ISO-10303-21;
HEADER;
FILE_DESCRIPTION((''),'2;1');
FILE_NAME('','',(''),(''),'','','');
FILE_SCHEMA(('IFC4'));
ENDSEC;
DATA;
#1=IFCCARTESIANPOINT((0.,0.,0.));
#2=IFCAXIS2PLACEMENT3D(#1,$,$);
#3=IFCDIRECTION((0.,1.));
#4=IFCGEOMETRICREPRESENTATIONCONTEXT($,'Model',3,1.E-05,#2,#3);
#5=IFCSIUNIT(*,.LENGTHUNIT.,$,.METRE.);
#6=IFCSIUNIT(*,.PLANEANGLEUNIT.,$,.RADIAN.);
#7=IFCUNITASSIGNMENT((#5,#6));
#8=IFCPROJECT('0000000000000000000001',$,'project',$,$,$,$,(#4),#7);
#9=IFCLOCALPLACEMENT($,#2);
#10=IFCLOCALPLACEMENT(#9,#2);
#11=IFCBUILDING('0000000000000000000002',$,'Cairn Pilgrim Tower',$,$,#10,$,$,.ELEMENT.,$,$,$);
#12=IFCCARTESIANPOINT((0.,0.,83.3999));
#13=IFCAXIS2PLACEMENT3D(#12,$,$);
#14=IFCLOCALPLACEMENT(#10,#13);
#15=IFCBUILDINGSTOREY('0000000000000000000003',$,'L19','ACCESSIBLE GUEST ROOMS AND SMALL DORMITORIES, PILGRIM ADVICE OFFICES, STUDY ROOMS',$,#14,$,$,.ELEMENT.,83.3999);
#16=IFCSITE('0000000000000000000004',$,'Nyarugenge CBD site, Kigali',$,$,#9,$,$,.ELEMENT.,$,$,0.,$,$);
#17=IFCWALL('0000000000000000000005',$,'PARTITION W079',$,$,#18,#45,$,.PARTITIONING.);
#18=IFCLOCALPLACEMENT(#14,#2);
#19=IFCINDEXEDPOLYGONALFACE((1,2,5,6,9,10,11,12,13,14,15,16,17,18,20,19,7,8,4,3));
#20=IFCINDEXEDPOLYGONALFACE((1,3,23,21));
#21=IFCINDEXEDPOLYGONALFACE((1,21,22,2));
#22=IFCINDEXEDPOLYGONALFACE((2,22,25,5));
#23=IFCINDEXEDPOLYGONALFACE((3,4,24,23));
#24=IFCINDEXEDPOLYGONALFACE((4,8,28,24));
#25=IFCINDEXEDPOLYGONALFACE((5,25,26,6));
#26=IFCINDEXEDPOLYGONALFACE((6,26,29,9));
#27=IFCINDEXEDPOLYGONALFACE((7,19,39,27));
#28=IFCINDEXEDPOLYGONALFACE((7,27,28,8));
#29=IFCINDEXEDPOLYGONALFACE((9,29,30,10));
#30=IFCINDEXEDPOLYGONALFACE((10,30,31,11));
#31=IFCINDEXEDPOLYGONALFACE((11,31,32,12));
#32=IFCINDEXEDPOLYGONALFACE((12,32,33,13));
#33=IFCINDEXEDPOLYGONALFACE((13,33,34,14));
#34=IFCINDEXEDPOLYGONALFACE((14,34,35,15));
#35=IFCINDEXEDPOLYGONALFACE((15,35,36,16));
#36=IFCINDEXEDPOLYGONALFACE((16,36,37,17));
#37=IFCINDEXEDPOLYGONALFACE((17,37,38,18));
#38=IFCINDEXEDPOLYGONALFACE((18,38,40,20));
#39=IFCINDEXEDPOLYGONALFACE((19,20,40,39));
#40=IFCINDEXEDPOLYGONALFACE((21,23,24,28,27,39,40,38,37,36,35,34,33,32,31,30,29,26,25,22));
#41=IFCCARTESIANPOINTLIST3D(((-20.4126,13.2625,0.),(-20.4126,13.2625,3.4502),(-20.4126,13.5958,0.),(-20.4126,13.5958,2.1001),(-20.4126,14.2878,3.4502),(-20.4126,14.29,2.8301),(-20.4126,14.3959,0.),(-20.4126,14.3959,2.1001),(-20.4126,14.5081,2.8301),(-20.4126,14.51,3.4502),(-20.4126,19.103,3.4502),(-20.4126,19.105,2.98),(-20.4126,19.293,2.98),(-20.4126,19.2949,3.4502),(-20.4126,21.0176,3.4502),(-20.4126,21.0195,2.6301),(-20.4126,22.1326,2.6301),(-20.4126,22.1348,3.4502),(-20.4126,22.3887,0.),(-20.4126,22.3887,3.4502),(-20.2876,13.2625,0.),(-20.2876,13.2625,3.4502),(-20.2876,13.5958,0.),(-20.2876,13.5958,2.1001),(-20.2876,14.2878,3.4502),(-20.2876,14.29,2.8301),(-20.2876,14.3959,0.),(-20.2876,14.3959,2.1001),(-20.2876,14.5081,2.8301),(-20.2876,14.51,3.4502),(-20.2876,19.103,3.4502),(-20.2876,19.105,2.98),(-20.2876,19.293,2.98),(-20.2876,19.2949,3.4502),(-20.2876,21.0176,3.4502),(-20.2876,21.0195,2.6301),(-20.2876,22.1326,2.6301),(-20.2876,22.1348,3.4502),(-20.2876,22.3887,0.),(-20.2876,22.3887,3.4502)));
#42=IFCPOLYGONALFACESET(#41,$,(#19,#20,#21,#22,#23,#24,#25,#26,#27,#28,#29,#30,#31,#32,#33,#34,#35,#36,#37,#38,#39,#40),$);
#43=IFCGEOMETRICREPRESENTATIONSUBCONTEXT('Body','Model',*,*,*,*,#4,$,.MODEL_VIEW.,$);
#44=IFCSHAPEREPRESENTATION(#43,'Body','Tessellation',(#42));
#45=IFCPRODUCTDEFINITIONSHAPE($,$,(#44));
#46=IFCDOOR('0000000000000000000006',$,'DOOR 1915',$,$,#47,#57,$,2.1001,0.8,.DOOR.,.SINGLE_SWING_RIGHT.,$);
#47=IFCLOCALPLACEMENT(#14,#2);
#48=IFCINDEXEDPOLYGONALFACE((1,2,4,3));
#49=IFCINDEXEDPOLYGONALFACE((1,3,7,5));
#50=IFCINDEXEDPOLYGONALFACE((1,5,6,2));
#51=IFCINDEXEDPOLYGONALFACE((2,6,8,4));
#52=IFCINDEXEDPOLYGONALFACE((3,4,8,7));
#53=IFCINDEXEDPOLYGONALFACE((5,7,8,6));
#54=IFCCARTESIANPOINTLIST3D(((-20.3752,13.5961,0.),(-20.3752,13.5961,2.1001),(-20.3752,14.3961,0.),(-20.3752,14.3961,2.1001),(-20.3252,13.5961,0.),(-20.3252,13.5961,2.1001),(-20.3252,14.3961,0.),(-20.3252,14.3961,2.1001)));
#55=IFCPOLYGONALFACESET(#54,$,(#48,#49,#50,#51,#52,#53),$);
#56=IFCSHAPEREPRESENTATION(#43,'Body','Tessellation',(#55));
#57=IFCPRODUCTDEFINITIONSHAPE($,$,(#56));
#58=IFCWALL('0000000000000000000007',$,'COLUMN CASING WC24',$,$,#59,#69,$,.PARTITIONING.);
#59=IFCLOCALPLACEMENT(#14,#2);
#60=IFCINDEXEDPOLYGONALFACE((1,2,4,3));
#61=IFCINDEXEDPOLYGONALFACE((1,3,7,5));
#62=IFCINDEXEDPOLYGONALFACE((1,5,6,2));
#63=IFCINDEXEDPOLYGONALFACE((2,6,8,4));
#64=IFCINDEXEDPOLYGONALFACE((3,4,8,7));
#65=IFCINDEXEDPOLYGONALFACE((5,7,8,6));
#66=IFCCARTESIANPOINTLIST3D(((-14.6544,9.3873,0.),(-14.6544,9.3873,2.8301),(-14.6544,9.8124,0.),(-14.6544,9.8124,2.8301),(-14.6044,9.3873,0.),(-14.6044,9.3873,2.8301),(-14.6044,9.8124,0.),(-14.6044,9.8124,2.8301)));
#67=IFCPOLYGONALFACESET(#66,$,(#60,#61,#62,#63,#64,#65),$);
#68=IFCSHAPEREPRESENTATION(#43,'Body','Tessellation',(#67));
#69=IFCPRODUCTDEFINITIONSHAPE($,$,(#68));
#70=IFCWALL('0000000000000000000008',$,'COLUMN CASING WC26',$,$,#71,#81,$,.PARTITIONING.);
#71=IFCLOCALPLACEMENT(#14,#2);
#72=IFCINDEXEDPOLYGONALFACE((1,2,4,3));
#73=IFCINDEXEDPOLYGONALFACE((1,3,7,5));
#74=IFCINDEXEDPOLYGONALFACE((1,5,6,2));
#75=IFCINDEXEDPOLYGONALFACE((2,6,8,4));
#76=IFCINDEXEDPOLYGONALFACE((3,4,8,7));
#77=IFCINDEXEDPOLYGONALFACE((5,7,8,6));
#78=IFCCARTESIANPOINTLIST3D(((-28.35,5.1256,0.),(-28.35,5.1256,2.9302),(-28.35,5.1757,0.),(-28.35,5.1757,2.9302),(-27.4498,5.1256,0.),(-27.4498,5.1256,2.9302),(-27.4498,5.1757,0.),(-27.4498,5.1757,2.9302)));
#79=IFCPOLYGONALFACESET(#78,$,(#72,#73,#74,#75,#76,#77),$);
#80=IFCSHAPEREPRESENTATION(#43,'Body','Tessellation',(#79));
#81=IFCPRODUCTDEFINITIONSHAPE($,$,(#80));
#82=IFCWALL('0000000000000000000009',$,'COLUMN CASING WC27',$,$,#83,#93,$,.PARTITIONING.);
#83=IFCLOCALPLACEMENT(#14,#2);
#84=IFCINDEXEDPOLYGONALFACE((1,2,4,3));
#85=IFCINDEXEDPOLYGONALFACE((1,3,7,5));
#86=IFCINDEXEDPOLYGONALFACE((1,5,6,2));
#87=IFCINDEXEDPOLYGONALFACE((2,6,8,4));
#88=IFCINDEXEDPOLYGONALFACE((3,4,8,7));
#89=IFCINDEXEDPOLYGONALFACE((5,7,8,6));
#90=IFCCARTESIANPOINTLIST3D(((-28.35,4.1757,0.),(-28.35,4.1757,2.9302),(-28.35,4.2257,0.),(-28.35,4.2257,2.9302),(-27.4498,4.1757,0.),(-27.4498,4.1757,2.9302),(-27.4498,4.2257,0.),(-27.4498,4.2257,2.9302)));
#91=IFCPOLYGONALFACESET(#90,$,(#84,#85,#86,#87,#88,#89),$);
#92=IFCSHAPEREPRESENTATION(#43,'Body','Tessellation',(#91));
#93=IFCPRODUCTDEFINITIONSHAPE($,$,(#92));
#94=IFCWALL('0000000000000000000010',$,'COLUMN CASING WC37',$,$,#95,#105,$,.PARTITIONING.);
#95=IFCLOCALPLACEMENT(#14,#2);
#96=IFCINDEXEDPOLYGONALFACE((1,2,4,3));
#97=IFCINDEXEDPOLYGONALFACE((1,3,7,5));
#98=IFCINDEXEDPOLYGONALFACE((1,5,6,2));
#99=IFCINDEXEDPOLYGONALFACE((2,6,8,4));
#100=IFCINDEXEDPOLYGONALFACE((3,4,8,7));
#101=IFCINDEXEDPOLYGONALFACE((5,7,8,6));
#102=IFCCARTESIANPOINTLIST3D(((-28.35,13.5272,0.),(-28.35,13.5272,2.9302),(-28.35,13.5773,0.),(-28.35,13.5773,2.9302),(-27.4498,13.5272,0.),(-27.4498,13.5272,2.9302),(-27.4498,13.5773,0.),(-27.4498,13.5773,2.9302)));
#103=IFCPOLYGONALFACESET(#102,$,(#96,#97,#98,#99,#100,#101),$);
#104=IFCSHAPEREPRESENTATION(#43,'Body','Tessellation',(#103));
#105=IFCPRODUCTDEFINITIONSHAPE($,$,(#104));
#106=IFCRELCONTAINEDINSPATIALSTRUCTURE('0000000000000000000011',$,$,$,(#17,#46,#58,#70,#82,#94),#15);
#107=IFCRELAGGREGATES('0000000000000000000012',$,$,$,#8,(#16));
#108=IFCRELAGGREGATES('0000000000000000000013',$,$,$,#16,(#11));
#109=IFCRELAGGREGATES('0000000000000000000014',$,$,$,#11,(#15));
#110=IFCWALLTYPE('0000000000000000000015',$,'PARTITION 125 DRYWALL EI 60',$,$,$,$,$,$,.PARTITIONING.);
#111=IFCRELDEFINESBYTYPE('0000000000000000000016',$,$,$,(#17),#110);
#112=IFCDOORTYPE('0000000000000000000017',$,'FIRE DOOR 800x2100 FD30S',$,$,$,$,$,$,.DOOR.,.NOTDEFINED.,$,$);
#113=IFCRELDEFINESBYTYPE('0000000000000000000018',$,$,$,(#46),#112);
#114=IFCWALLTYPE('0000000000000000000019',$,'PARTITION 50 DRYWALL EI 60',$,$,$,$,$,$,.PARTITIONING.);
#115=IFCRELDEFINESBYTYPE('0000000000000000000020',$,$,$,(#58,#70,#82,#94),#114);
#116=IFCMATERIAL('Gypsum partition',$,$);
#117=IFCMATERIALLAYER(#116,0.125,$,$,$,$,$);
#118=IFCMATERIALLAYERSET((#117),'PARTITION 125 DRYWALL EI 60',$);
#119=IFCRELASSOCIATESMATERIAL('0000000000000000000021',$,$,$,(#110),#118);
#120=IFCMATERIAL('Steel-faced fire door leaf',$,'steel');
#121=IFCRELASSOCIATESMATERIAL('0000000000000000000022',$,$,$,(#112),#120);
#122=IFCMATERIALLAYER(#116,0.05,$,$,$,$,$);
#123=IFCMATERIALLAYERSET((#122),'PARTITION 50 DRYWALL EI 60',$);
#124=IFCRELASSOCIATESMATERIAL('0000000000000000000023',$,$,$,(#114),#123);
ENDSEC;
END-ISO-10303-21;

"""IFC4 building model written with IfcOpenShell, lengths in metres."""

from ifc_helpers import new_model, si_unit, direction, frame, frame_2d, origin, place, context, subcontext, project, spatial, polyline, rectangle, outline, extrude, material, layer, layer_set, type_object, element, fill, save


model = new_model("IFC4")

# Units and contexts
model_context = context("Model", 3, precision=1e-05, world=origin(), true_north=direction((0.0, 1.0)))
body_context = subcontext(model_context, "Body", "Model", "MODEL_VIEW")
ifc_project = project(units=[si_unit("LENGTHUNIT", "METRE"), si_unit("PLANEANGLEUNIT", "RADIAN")], contexts=[model_context])

# Site, building, storey
site_placement = place(None, origin())
site = spatial("IfcSite", under=ifc_project, at=site_placement, Name="Nyarugenge CBD site, Kigali", CompositionType="ELEMENT", RefElevation=0.0)
building_placement = place(site_placement, origin())
building = spatial("IfcBuilding", under=site, at=building_placement, Name="Cairn Pilgrim Tower", CompositionType="ELEMENT")
storey_placement = place(building_placement, frame((0.0, 0.0, 83.3999)))
storey = spatial("IfcBuildingStorey", under=building, at=storey_placement, Name="L19", Description="ACCESSIBLE GUEST ROOMS AND SMALL DORMITORIES, PILGRIM ADVICE OFFICES, STUDY ROOMS", CompositionType="ELEMENT", Elevation=83.3999)

# Shared definitions
ifc_material_1 = material(Name="Gypsum partition")
ifc_layer_1 = layer(ifc_material_1, 0.125)
ifc_layer_set_1 = layer_set([ifc_layer_1], Name="PARTITION 125 DRYWALL EI 60")
wall_type_1 = type_object("IfcWallType", Name="PARTITION 125 DRYWALL EI 60", PredefinedType="PARTITIONING", material=ifc_layer_set_1)

# Shared definitions
ifc_material_2 = material(Name="Steel-faced fire door leaf", Category="steel")
door_type_1 = type_object("IfcDoorType", Name="FIRE DOOR 800x2100 FD30S", OperationType="NOTDEFINED", PredefinedType="DOOR", material=ifc_material_2)

# Wall, opening, door
wall_1_placement = place(storey_placement, frame((-20.3501, 13.2625, 0.0), z_axis=(0.0, 0.0, 1.0), x_axis=(0.0, 1.0, 0.0)))
wall_1 = element("IfcWall", 1, at=wall_1_placement, inside=storey, type_object=wall_type_1, Name="PARTITION W079", PredefinedType="PARTITIONING", context=body_context, shape_type="SweptSolid", body=[
    extrude(outline(polyline([(0.0, 0.0), (9.1262, 0.0), (9.1262, 3.4502), (8.8723, 3.4502), (8.8701, 2.6301), (7.7571, 2.6301), (7.7551, 3.4502), (6.0325, 3.4502), (6.0305, 2.98), (5.8425, 2.98), (5.8406, 3.4502), (1.2476, 3.4502), (1.2456, 2.8301), (1.0276, 2.8301), (1.0254, 3.4502), (0.0, 3.4502), (0.0, 0.0)])), frame((0.0, 0.0625, 0.0), z_axis=(0.0, -1.0, 0.0), x_axis=(1.0, 0.0, 0.0)), (0.0, 0.0, 1.0), 0.125),
])
opening_1_placement = place(wall_1_placement, frame((0.3335, 0.0, 0.0)))
opening_1 = element("IfcOpeningElement", 2, at=opening_1_placement, cuts=wall_1, PredefinedType="OPENING", context=body_context, shape_type="SweptSolid", body=[
    extrude(rectangle(XDim=0.8, YDim=2.1001, at=frame_2d((0.3999, 1.05))), frame((0.0, 0.0725, 0.0), z_axis=(0.0, -1.0, 0.0), x_axis=(1.0, 0.0, 0.0)), (0.0, 0.0, 1.0), 0.145),
])
door_1_placement = place(opening_1_placement, frame((0.8, 0.0, 0.0), z_axis=(0.0, 0.0, 1.0), x_axis=(-1.0, 0.0, 0.0)))
door_1 = element("IfcDoor", 3, at=door_1_placement, inside=storey, type_object=door_type_1, Name="DOOR 1915", OperationType="SINGLE_SWING_RIGHT", OverallHeight=2.1001, OverallWidth=0.8, PredefinedType="DOOR", context=body_context, shape_type="SweptSolid", body=[
    extrude(rectangle(XDim=0.8, YDim=2.1001, at=frame_2d((0.3999, 1.05))), frame((0.0, 0.0249, 0.0), z_axis=(0.0, -1.0, 0.0), x_axis=(1.0, 0.0, 0.0)), (0.0, 0.0, 1.0), 0.05),
])
fill(opening_1, door_1)

# Walls
ifc_layer_2 = layer(ifc_material_1, 0.05)
ifc_layer_set_2 = layer_set([ifc_layer_2], Name="PARTITION 50 DRYWALL EI 60")
wall_type_2 = type_object("IfcWallType", Name="PARTITION 50 DRYWALL EI 60", PredefinedType="PARTITIONING", material=ifc_layer_set_2)
wall_2_placement = place(storey_placement, frame((-14.6294, 9.3875, 0.0), z_axis=(0.0, 0.0, 1.0), x_axis=(0.0, 1.0, 0.0)))
element("IfcWall", 4, at=wall_2_placement, inside=storey, type_object=wall_type_2, Name="COLUMN CASING WC24", PredefinedType="PARTITIONING", context=body_context, shape_type="SweptSolid", body=[
    extrude(rectangle(XDim=0.425, YDim=0.05, at=frame_2d((0.2124, 0.0))), origin(), (0.0, 0.0, 1.0), 2.8301),
])
for number, where, z_axis, x_axis, name in (
    (5, (-28.3501, 5.1506, 0.0), (0.0, 0.0, 1.0), (1.0, 0.0, 0.0), "COLUMN CASING WC26"),
    (6, (-28.3501, 4.2007, 0.0), (0.0, 0.0, 1.0), (1.0, 0.0, 0.0), "COLUMN CASING WC27"),
    (7, (-28.3501, 13.5522, 0.0), (0.0, 0.0, 1.0), (1.0, 0.0, 0.0), "COLUMN CASING WC37"),
):
    element("IfcWall", number, at=place(storey_placement, frame(where, z_axis=z_axis, x_axis=x_axis)), inside=storey, type_object=wall_type_2, Name=name, PredefinedType="PARTITIONING", context=body_context, shape_type="SweptSolid", body=[
        extrude(rectangle(XDim=0.9001, YDim=0.05, at=frame_2d((0.4502, 0.0))), origin(), (0.0, 0.0, 1.0), 2.9302),
    ])

save(model, "model.ifc")
